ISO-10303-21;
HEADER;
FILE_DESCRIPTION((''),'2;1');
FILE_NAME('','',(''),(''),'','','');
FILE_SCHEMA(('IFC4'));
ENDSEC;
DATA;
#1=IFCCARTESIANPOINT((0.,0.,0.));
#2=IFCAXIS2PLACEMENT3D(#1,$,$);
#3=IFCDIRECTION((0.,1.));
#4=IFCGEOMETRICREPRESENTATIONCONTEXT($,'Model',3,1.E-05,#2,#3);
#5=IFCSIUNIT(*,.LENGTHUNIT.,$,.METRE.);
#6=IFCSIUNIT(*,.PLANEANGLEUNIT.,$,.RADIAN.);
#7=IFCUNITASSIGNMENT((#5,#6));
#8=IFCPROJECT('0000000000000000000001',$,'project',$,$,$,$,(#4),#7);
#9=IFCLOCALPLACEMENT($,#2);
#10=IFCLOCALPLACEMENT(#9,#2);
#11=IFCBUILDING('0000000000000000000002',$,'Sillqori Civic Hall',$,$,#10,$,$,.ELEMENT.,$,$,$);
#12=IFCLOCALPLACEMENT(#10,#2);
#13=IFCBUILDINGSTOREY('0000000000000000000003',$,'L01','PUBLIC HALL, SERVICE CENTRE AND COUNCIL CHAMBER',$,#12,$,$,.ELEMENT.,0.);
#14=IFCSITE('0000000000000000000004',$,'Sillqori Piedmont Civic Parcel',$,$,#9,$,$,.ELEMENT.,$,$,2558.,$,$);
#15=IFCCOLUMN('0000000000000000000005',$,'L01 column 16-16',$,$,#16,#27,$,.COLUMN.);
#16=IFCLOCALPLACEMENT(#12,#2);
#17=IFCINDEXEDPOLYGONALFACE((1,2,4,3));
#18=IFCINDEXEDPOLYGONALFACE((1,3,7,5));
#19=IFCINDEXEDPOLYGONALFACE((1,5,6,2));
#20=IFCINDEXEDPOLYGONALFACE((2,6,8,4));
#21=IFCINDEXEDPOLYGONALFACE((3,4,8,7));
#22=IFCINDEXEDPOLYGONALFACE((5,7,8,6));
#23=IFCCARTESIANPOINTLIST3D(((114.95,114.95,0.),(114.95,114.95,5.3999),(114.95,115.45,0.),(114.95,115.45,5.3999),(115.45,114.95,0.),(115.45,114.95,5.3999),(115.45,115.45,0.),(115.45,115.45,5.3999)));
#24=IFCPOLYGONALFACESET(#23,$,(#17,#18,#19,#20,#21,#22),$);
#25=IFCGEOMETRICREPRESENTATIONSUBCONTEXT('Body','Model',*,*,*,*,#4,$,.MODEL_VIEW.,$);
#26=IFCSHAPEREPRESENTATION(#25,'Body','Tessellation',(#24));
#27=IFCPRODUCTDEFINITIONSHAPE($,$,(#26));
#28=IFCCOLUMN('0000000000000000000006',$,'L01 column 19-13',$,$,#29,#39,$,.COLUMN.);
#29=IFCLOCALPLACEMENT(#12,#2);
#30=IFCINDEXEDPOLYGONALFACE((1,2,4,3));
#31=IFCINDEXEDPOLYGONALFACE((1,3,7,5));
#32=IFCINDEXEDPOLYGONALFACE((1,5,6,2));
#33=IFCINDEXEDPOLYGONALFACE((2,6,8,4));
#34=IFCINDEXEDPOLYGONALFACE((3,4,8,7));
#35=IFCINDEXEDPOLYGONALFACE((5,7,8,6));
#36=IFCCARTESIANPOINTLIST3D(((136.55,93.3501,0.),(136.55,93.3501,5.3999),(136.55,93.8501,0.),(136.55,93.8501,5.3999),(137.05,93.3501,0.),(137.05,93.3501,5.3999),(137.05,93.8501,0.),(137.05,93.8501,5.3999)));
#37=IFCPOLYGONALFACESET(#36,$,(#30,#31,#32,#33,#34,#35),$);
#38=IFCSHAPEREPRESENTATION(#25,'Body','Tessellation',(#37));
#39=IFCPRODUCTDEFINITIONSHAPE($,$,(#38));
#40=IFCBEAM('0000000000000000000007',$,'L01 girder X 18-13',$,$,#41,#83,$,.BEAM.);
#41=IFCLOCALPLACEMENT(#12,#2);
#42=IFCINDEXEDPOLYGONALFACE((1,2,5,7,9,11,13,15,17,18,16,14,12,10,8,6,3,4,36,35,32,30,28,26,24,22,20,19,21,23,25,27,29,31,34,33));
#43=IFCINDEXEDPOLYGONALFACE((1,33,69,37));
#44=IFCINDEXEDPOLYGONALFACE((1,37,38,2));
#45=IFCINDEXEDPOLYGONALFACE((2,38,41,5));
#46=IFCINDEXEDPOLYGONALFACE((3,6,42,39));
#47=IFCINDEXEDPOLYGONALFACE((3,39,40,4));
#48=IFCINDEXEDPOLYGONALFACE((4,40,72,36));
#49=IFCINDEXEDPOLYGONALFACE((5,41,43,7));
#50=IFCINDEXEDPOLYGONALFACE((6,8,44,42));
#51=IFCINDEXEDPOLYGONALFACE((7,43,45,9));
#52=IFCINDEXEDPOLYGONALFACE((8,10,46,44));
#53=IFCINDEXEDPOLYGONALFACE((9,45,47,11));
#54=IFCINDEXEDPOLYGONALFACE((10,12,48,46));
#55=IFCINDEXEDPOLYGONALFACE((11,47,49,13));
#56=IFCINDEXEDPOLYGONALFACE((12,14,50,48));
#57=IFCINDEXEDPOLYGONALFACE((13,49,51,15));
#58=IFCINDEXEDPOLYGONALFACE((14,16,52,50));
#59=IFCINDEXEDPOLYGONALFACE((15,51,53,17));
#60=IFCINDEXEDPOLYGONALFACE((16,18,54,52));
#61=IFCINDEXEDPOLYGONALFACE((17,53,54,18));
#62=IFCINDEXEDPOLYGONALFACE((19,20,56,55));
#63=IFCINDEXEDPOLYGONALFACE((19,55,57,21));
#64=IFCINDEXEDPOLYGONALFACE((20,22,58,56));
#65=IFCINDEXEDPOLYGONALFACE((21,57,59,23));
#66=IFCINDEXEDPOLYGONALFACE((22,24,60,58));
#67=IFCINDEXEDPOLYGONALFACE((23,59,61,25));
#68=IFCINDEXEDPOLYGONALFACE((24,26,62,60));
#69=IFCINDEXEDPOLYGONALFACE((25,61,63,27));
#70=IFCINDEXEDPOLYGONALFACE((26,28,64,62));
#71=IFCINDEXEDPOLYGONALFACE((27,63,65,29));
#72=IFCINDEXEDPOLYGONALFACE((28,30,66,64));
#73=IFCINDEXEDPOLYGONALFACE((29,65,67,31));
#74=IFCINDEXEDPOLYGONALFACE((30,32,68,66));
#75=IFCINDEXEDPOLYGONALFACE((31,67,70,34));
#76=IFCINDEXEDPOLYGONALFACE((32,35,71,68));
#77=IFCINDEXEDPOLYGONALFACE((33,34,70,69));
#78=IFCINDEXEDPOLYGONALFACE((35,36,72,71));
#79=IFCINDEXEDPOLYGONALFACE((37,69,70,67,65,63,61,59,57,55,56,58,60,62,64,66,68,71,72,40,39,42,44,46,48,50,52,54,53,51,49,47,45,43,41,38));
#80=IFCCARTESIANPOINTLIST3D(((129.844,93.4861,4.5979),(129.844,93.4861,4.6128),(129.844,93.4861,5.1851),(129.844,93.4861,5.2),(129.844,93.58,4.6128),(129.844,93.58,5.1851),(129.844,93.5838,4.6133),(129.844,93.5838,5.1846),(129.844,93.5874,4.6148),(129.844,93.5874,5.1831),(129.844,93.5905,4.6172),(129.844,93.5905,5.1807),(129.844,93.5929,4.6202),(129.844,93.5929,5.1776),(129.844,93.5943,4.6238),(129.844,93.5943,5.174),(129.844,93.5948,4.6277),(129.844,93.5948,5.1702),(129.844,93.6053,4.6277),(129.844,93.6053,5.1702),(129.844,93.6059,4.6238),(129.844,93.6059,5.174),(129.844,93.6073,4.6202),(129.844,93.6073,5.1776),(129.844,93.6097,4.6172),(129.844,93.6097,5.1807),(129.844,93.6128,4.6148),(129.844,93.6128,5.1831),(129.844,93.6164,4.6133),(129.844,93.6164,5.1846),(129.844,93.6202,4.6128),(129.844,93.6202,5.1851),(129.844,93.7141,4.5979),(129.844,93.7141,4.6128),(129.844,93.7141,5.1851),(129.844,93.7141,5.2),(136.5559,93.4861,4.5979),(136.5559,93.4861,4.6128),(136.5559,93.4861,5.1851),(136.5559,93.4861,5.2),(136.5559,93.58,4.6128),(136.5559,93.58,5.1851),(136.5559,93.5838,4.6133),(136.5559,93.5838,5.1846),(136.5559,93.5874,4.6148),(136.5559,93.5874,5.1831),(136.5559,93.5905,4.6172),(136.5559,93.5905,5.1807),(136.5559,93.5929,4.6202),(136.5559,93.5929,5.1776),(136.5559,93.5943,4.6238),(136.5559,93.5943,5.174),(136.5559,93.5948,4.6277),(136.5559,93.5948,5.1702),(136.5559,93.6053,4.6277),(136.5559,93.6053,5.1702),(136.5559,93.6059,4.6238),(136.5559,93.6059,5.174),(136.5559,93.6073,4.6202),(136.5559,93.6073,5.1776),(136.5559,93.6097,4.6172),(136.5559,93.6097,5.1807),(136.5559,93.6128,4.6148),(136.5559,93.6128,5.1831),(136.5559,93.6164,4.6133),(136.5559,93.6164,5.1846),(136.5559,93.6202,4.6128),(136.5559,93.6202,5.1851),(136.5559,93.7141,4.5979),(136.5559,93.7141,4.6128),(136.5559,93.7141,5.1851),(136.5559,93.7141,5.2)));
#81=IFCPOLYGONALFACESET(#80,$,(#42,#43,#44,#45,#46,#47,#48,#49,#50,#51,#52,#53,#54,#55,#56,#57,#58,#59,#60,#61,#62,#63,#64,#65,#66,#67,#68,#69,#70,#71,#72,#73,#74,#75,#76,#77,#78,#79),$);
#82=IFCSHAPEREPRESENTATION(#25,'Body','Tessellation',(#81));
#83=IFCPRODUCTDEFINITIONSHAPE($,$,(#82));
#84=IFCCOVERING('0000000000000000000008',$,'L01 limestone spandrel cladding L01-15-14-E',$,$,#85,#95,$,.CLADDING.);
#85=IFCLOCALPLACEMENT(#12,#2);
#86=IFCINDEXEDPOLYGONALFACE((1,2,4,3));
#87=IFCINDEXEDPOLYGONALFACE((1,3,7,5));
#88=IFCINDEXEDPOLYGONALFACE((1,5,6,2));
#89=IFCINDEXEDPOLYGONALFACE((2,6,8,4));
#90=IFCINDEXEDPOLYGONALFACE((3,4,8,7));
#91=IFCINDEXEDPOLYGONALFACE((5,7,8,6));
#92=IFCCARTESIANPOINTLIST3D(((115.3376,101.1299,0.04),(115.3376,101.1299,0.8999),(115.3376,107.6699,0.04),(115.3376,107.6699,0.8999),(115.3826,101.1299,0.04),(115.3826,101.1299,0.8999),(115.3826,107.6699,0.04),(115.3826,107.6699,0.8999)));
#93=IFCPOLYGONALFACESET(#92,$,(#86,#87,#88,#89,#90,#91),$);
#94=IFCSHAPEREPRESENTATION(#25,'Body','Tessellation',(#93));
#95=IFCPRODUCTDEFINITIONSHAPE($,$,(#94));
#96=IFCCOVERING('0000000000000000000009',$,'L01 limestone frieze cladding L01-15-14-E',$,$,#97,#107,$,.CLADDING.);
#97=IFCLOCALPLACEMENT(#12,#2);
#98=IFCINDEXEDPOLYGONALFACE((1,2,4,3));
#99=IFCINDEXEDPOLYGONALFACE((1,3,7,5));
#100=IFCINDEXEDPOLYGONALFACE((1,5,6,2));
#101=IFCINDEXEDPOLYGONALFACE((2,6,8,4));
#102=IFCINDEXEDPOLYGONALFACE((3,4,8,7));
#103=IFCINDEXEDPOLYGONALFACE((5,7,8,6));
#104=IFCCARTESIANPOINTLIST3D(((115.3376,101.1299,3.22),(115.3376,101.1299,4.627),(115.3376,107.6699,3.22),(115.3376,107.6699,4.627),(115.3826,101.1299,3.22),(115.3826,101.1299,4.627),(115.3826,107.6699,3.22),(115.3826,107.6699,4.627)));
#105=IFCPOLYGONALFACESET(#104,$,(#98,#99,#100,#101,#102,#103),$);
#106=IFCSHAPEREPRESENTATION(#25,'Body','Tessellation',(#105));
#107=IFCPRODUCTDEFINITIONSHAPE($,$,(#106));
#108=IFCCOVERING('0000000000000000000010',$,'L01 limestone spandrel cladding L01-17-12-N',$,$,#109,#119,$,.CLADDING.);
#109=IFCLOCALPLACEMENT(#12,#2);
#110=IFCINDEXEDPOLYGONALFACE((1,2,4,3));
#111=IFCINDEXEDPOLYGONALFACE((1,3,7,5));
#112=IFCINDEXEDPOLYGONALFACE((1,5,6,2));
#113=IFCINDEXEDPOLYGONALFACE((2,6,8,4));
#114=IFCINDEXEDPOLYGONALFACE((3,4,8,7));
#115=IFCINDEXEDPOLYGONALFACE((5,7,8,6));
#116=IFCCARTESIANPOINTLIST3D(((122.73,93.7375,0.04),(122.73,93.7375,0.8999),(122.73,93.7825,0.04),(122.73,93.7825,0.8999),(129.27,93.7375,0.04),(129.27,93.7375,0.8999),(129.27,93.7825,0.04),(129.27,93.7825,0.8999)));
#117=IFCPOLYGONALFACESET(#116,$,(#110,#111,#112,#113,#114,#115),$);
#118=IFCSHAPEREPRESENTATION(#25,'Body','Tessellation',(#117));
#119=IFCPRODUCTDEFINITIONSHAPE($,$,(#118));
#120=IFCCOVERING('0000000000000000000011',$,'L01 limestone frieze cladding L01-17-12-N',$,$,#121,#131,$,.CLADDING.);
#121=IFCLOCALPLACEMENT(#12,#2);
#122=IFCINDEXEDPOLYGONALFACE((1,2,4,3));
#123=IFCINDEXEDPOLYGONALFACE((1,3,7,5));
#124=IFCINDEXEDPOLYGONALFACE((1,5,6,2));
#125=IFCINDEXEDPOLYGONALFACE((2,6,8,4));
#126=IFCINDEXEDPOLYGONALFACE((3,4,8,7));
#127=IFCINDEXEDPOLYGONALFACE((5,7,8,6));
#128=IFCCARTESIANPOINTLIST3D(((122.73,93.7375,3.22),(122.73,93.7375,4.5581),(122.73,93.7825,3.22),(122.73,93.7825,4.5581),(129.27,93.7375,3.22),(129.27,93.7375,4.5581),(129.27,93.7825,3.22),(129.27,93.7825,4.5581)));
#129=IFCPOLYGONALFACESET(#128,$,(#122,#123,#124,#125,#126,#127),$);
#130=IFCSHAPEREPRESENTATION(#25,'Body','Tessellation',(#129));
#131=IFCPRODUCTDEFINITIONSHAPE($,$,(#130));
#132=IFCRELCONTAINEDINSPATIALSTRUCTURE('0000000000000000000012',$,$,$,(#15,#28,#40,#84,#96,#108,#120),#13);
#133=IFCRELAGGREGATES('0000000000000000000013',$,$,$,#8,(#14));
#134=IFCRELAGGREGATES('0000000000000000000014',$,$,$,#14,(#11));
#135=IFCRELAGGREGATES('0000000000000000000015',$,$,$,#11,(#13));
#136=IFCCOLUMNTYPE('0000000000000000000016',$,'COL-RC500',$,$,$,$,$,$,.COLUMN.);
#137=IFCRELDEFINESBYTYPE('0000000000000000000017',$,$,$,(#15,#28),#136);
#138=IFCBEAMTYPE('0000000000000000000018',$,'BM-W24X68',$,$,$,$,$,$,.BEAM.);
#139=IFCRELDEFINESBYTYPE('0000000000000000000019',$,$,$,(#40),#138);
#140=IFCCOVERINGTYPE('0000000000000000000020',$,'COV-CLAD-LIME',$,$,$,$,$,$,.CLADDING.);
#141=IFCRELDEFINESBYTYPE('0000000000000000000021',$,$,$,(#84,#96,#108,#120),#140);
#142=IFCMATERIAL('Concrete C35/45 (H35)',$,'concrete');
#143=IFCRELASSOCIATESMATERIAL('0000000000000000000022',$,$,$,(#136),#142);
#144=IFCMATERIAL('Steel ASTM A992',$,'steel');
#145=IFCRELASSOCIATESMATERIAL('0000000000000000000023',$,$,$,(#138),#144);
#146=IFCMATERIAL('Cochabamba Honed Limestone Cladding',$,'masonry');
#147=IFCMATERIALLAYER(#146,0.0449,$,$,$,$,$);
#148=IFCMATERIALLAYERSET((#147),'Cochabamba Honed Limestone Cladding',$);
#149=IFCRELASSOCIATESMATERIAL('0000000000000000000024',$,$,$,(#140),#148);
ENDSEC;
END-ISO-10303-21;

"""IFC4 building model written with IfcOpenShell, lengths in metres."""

from ifc_helpers import new_model, si_unit, direction, frame, frame_2d, origin, origin_2d, place, context, subcontext, project, spatial, rectangle, i_section, extrude, material, layer, layer_set, material_profile, profile_set, type_object, element, save


model = new_model("IFC4")

# Units and contexts
model_context = context("Model", 3, precision=1e-05, world=origin(), true_north=direction((0.0, 1.0)))
body_context = subcontext(model_context, "Body", "Model", "MODEL_VIEW")
ifc_project = project(units=[si_unit("LENGTHUNIT", "METRE"), si_unit("PLANEANGLEUNIT", "RADIAN")], contexts=[model_context])

# Site, building, storey
site_placement = place(None, origin())
site = spatial("IfcSite", under=ifc_project, at=site_placement, Name="Sillqori Piedmont Civic Parcel", CompositionType="ELEMENT", RefElevation=2558.0)
building_placement = place(site_placement, origin())
building = spatial("IfcBuilding", under=site, at=building_placement, Name="Sillqori Civic Hall", CompositionType="ELEMENT")
storey_placement = place(building_placement, origin())
storey = spatial("IfcBuildingStorey", under=building, at=storey_placement, Name="L01", Description="PUBLIC HALL, SERVICE CENTRE AND COUNCIL CHAMBER", CompositionType="ELEMENT", Elevation=0.0)

# Columns
ifc_material_1 = material(Name="Concrete C35/45 (H35)", Category="concrete")
ifc_material_profile_1 = material_profile(ifc_material_1, rectangle(XDim=0.5, YDim=0.5, at=origin_2d()), Name="RC 500x500")
ifc_profile_set_1 = profile_set([ifc_material_profile_1], Name="Concrete C35/45 (H35)")
column_type = type_object("IfcColumnType", Name="COL-RC500", PredefinedType="COLUMN", material=ifc_profile_set_1)
for number, where, z_axis, x_axis, name in (
    (1, (115.2, 115.2, 0.0), (0.0, 0.0, 1.0), (1.0, 0.0, 0.0), "L01 column 16-16"),
    (2, (136.8, 93.6001, 0.0), (0.0, 0.0, 1.0), (1.0, 0.0, 0.0), "L01 column 19-13"),
):
    element("IfcColumn", number, at=place(storey_placement, frame(where, z_axis=z_axis, x_axis=x_axis)), inside=storey, type_object=column_type, Name=name, PredefinedType="COLUMN", context=body_context, shape_type="SweptSolid", body=[
        extrude(rectangle(XDim=0.5, YDim=0.5, at=origin_2d()), origin(), (0.0, 0.0, 1.0), 5.3999),
    ])

# Beam
ifc_material_2 = material(Name="Steel ASTM A992", Category="steel")
ifc_material_profile_2 = material_profile(ifc_material_2, i_section(OverallWidth=0.228, OverallDepth=0.6021, WebThickness=0.0105, FlangeThickness=0.0149, FilletRadius=0.0149, at=origin_2d()), Name="W24X68")
ifc_profile_set_2 = profile_set([ifc_material_profile_2], Name="Steel ASTM A992")
beam_type = type_object("IfcBeamType", Name="BM-W24X68", PredefinedType="BEAM", material=ifc_profile_set_2)
beam_placement = place(storey_placement, frame((129.844, 93.6001, 4.8989), z_axis=(1.0, 0.0, 0.0), x_axis=(0.0, 1.0, 0.0)))
element("IfcBeam", 3, at=beam_placement, inside=storey, type_object=beam_type, Name="L01 girder X 18-13", PredefinedType="BEAM", context=body_context, shape_type="SweptSolid", body=[
    extrude(i_section(OverallWidth=0.228, OverallDepth=0.6021, WebThickness=0.0105, FlangeThickness=0.0149, FilletRadius=0.0149, at=origin_2d()), origin(), (0.0, 0.0, 1.0), 6.7119),
])

# Coverings
ifc_material_3 = material(Name="Cochabamba Honed Limestone Cladding", Category="masonry")
ifc_layer_1 = layer(ifc_material_3, 0.0449)
ifc_layer_set_1 = layer_set([ifc_layer_1], Name="Cochabamba Honed Limestone Cladding")
covering_type = type_object("IfcCoveringType", Name="COV-CLAD-LIME", PredefinedType="CLADDING", material=ifc_layer_set_1)
covering_1_placement = place(storey_placement, frame((115.3601, 107.6699, 0.04), z_axis=(0.0, 0.0, 1.0), x_axis=(0.0, -1.0, 0.0)))
element("IfcCovering", 4, at=covering_1_placement, inside=storey, type_object=covering_type, Name="L01 limestone spandrel cladding L01-15-14-E", PredefinedType="CLADDING", context=body_context, shape_type="SweptSolid", body=[
    extrude(rectangle(XDim=6.54, YDim=0.0449, at=frame_2d((3.27, 0.0))), origin(), (0.0, 0.0, 1.0), 0.8599),
])
covering_2_placement = place(storey_placement, frame((115.3601, 107.6699, 3.22), z_axis=(0.0, 0.0, 1.0), x_axis=(0.0, -1.0, 0.0)))
element("IfcCovering", 5, at=covering_2_placement, inside=storey, type_object=covering_type, Name="L01 limestone frieze cladding L01-15-14-E", PredefinedType="CLADDING", context=body_context, shape_type="SweptSolid", body=[
    extrude(rectangle(XDim=6.54, YDim=0.0449, at=frame_2d((3.27, 0.0))), origin(), (0.0, 0.0, 1.0), 1.407),
])
covering_3_placement = place(storey_placement, frame((122.73, 93.76, 0.04), z_axis=(0.0, 0.0, 1.0), x_axis=(1.0, 0.0, 0.0)))
element("IfcCovering", 6, at=covering_3_placement, inside=storey, type_object=covering_type, Name="L01 limestone spandrel cladding L01-17-12-N", PredefinedType="CLADDING", context=body_context, shape_type="SweptSolid", body=[
    extrude(rectangle(XDim=6.54, YDim=0.0449, at=frame_2d((3.27, 0.0))), origin(), (0.0, 0.0, 1.0), 0.8599),
])
covering_4_placement = place(storey_placement, frame((122.73, 93.76, 3.22), z_axis=(0.0, 0.0, 1.0), x_axis=(1.0, 0.0, 0.0)))
element("IfcCovering", 7, at=covering_4_placement, inside=storey, type_object=covering_type, Name="L01 limestone frieze cladding L01-17-12-N", PredefinedType="CLADDING", context=body_context, shape_type="SweptSolid", body=[
    extrude(rectangle(XDim=6.54, YDim=0.0449, at=frame_2d((3.27, 0.0))), origin(), (0.0, 0.0, 1.0), 1.3381),
])

save(model, "model.ifc")
